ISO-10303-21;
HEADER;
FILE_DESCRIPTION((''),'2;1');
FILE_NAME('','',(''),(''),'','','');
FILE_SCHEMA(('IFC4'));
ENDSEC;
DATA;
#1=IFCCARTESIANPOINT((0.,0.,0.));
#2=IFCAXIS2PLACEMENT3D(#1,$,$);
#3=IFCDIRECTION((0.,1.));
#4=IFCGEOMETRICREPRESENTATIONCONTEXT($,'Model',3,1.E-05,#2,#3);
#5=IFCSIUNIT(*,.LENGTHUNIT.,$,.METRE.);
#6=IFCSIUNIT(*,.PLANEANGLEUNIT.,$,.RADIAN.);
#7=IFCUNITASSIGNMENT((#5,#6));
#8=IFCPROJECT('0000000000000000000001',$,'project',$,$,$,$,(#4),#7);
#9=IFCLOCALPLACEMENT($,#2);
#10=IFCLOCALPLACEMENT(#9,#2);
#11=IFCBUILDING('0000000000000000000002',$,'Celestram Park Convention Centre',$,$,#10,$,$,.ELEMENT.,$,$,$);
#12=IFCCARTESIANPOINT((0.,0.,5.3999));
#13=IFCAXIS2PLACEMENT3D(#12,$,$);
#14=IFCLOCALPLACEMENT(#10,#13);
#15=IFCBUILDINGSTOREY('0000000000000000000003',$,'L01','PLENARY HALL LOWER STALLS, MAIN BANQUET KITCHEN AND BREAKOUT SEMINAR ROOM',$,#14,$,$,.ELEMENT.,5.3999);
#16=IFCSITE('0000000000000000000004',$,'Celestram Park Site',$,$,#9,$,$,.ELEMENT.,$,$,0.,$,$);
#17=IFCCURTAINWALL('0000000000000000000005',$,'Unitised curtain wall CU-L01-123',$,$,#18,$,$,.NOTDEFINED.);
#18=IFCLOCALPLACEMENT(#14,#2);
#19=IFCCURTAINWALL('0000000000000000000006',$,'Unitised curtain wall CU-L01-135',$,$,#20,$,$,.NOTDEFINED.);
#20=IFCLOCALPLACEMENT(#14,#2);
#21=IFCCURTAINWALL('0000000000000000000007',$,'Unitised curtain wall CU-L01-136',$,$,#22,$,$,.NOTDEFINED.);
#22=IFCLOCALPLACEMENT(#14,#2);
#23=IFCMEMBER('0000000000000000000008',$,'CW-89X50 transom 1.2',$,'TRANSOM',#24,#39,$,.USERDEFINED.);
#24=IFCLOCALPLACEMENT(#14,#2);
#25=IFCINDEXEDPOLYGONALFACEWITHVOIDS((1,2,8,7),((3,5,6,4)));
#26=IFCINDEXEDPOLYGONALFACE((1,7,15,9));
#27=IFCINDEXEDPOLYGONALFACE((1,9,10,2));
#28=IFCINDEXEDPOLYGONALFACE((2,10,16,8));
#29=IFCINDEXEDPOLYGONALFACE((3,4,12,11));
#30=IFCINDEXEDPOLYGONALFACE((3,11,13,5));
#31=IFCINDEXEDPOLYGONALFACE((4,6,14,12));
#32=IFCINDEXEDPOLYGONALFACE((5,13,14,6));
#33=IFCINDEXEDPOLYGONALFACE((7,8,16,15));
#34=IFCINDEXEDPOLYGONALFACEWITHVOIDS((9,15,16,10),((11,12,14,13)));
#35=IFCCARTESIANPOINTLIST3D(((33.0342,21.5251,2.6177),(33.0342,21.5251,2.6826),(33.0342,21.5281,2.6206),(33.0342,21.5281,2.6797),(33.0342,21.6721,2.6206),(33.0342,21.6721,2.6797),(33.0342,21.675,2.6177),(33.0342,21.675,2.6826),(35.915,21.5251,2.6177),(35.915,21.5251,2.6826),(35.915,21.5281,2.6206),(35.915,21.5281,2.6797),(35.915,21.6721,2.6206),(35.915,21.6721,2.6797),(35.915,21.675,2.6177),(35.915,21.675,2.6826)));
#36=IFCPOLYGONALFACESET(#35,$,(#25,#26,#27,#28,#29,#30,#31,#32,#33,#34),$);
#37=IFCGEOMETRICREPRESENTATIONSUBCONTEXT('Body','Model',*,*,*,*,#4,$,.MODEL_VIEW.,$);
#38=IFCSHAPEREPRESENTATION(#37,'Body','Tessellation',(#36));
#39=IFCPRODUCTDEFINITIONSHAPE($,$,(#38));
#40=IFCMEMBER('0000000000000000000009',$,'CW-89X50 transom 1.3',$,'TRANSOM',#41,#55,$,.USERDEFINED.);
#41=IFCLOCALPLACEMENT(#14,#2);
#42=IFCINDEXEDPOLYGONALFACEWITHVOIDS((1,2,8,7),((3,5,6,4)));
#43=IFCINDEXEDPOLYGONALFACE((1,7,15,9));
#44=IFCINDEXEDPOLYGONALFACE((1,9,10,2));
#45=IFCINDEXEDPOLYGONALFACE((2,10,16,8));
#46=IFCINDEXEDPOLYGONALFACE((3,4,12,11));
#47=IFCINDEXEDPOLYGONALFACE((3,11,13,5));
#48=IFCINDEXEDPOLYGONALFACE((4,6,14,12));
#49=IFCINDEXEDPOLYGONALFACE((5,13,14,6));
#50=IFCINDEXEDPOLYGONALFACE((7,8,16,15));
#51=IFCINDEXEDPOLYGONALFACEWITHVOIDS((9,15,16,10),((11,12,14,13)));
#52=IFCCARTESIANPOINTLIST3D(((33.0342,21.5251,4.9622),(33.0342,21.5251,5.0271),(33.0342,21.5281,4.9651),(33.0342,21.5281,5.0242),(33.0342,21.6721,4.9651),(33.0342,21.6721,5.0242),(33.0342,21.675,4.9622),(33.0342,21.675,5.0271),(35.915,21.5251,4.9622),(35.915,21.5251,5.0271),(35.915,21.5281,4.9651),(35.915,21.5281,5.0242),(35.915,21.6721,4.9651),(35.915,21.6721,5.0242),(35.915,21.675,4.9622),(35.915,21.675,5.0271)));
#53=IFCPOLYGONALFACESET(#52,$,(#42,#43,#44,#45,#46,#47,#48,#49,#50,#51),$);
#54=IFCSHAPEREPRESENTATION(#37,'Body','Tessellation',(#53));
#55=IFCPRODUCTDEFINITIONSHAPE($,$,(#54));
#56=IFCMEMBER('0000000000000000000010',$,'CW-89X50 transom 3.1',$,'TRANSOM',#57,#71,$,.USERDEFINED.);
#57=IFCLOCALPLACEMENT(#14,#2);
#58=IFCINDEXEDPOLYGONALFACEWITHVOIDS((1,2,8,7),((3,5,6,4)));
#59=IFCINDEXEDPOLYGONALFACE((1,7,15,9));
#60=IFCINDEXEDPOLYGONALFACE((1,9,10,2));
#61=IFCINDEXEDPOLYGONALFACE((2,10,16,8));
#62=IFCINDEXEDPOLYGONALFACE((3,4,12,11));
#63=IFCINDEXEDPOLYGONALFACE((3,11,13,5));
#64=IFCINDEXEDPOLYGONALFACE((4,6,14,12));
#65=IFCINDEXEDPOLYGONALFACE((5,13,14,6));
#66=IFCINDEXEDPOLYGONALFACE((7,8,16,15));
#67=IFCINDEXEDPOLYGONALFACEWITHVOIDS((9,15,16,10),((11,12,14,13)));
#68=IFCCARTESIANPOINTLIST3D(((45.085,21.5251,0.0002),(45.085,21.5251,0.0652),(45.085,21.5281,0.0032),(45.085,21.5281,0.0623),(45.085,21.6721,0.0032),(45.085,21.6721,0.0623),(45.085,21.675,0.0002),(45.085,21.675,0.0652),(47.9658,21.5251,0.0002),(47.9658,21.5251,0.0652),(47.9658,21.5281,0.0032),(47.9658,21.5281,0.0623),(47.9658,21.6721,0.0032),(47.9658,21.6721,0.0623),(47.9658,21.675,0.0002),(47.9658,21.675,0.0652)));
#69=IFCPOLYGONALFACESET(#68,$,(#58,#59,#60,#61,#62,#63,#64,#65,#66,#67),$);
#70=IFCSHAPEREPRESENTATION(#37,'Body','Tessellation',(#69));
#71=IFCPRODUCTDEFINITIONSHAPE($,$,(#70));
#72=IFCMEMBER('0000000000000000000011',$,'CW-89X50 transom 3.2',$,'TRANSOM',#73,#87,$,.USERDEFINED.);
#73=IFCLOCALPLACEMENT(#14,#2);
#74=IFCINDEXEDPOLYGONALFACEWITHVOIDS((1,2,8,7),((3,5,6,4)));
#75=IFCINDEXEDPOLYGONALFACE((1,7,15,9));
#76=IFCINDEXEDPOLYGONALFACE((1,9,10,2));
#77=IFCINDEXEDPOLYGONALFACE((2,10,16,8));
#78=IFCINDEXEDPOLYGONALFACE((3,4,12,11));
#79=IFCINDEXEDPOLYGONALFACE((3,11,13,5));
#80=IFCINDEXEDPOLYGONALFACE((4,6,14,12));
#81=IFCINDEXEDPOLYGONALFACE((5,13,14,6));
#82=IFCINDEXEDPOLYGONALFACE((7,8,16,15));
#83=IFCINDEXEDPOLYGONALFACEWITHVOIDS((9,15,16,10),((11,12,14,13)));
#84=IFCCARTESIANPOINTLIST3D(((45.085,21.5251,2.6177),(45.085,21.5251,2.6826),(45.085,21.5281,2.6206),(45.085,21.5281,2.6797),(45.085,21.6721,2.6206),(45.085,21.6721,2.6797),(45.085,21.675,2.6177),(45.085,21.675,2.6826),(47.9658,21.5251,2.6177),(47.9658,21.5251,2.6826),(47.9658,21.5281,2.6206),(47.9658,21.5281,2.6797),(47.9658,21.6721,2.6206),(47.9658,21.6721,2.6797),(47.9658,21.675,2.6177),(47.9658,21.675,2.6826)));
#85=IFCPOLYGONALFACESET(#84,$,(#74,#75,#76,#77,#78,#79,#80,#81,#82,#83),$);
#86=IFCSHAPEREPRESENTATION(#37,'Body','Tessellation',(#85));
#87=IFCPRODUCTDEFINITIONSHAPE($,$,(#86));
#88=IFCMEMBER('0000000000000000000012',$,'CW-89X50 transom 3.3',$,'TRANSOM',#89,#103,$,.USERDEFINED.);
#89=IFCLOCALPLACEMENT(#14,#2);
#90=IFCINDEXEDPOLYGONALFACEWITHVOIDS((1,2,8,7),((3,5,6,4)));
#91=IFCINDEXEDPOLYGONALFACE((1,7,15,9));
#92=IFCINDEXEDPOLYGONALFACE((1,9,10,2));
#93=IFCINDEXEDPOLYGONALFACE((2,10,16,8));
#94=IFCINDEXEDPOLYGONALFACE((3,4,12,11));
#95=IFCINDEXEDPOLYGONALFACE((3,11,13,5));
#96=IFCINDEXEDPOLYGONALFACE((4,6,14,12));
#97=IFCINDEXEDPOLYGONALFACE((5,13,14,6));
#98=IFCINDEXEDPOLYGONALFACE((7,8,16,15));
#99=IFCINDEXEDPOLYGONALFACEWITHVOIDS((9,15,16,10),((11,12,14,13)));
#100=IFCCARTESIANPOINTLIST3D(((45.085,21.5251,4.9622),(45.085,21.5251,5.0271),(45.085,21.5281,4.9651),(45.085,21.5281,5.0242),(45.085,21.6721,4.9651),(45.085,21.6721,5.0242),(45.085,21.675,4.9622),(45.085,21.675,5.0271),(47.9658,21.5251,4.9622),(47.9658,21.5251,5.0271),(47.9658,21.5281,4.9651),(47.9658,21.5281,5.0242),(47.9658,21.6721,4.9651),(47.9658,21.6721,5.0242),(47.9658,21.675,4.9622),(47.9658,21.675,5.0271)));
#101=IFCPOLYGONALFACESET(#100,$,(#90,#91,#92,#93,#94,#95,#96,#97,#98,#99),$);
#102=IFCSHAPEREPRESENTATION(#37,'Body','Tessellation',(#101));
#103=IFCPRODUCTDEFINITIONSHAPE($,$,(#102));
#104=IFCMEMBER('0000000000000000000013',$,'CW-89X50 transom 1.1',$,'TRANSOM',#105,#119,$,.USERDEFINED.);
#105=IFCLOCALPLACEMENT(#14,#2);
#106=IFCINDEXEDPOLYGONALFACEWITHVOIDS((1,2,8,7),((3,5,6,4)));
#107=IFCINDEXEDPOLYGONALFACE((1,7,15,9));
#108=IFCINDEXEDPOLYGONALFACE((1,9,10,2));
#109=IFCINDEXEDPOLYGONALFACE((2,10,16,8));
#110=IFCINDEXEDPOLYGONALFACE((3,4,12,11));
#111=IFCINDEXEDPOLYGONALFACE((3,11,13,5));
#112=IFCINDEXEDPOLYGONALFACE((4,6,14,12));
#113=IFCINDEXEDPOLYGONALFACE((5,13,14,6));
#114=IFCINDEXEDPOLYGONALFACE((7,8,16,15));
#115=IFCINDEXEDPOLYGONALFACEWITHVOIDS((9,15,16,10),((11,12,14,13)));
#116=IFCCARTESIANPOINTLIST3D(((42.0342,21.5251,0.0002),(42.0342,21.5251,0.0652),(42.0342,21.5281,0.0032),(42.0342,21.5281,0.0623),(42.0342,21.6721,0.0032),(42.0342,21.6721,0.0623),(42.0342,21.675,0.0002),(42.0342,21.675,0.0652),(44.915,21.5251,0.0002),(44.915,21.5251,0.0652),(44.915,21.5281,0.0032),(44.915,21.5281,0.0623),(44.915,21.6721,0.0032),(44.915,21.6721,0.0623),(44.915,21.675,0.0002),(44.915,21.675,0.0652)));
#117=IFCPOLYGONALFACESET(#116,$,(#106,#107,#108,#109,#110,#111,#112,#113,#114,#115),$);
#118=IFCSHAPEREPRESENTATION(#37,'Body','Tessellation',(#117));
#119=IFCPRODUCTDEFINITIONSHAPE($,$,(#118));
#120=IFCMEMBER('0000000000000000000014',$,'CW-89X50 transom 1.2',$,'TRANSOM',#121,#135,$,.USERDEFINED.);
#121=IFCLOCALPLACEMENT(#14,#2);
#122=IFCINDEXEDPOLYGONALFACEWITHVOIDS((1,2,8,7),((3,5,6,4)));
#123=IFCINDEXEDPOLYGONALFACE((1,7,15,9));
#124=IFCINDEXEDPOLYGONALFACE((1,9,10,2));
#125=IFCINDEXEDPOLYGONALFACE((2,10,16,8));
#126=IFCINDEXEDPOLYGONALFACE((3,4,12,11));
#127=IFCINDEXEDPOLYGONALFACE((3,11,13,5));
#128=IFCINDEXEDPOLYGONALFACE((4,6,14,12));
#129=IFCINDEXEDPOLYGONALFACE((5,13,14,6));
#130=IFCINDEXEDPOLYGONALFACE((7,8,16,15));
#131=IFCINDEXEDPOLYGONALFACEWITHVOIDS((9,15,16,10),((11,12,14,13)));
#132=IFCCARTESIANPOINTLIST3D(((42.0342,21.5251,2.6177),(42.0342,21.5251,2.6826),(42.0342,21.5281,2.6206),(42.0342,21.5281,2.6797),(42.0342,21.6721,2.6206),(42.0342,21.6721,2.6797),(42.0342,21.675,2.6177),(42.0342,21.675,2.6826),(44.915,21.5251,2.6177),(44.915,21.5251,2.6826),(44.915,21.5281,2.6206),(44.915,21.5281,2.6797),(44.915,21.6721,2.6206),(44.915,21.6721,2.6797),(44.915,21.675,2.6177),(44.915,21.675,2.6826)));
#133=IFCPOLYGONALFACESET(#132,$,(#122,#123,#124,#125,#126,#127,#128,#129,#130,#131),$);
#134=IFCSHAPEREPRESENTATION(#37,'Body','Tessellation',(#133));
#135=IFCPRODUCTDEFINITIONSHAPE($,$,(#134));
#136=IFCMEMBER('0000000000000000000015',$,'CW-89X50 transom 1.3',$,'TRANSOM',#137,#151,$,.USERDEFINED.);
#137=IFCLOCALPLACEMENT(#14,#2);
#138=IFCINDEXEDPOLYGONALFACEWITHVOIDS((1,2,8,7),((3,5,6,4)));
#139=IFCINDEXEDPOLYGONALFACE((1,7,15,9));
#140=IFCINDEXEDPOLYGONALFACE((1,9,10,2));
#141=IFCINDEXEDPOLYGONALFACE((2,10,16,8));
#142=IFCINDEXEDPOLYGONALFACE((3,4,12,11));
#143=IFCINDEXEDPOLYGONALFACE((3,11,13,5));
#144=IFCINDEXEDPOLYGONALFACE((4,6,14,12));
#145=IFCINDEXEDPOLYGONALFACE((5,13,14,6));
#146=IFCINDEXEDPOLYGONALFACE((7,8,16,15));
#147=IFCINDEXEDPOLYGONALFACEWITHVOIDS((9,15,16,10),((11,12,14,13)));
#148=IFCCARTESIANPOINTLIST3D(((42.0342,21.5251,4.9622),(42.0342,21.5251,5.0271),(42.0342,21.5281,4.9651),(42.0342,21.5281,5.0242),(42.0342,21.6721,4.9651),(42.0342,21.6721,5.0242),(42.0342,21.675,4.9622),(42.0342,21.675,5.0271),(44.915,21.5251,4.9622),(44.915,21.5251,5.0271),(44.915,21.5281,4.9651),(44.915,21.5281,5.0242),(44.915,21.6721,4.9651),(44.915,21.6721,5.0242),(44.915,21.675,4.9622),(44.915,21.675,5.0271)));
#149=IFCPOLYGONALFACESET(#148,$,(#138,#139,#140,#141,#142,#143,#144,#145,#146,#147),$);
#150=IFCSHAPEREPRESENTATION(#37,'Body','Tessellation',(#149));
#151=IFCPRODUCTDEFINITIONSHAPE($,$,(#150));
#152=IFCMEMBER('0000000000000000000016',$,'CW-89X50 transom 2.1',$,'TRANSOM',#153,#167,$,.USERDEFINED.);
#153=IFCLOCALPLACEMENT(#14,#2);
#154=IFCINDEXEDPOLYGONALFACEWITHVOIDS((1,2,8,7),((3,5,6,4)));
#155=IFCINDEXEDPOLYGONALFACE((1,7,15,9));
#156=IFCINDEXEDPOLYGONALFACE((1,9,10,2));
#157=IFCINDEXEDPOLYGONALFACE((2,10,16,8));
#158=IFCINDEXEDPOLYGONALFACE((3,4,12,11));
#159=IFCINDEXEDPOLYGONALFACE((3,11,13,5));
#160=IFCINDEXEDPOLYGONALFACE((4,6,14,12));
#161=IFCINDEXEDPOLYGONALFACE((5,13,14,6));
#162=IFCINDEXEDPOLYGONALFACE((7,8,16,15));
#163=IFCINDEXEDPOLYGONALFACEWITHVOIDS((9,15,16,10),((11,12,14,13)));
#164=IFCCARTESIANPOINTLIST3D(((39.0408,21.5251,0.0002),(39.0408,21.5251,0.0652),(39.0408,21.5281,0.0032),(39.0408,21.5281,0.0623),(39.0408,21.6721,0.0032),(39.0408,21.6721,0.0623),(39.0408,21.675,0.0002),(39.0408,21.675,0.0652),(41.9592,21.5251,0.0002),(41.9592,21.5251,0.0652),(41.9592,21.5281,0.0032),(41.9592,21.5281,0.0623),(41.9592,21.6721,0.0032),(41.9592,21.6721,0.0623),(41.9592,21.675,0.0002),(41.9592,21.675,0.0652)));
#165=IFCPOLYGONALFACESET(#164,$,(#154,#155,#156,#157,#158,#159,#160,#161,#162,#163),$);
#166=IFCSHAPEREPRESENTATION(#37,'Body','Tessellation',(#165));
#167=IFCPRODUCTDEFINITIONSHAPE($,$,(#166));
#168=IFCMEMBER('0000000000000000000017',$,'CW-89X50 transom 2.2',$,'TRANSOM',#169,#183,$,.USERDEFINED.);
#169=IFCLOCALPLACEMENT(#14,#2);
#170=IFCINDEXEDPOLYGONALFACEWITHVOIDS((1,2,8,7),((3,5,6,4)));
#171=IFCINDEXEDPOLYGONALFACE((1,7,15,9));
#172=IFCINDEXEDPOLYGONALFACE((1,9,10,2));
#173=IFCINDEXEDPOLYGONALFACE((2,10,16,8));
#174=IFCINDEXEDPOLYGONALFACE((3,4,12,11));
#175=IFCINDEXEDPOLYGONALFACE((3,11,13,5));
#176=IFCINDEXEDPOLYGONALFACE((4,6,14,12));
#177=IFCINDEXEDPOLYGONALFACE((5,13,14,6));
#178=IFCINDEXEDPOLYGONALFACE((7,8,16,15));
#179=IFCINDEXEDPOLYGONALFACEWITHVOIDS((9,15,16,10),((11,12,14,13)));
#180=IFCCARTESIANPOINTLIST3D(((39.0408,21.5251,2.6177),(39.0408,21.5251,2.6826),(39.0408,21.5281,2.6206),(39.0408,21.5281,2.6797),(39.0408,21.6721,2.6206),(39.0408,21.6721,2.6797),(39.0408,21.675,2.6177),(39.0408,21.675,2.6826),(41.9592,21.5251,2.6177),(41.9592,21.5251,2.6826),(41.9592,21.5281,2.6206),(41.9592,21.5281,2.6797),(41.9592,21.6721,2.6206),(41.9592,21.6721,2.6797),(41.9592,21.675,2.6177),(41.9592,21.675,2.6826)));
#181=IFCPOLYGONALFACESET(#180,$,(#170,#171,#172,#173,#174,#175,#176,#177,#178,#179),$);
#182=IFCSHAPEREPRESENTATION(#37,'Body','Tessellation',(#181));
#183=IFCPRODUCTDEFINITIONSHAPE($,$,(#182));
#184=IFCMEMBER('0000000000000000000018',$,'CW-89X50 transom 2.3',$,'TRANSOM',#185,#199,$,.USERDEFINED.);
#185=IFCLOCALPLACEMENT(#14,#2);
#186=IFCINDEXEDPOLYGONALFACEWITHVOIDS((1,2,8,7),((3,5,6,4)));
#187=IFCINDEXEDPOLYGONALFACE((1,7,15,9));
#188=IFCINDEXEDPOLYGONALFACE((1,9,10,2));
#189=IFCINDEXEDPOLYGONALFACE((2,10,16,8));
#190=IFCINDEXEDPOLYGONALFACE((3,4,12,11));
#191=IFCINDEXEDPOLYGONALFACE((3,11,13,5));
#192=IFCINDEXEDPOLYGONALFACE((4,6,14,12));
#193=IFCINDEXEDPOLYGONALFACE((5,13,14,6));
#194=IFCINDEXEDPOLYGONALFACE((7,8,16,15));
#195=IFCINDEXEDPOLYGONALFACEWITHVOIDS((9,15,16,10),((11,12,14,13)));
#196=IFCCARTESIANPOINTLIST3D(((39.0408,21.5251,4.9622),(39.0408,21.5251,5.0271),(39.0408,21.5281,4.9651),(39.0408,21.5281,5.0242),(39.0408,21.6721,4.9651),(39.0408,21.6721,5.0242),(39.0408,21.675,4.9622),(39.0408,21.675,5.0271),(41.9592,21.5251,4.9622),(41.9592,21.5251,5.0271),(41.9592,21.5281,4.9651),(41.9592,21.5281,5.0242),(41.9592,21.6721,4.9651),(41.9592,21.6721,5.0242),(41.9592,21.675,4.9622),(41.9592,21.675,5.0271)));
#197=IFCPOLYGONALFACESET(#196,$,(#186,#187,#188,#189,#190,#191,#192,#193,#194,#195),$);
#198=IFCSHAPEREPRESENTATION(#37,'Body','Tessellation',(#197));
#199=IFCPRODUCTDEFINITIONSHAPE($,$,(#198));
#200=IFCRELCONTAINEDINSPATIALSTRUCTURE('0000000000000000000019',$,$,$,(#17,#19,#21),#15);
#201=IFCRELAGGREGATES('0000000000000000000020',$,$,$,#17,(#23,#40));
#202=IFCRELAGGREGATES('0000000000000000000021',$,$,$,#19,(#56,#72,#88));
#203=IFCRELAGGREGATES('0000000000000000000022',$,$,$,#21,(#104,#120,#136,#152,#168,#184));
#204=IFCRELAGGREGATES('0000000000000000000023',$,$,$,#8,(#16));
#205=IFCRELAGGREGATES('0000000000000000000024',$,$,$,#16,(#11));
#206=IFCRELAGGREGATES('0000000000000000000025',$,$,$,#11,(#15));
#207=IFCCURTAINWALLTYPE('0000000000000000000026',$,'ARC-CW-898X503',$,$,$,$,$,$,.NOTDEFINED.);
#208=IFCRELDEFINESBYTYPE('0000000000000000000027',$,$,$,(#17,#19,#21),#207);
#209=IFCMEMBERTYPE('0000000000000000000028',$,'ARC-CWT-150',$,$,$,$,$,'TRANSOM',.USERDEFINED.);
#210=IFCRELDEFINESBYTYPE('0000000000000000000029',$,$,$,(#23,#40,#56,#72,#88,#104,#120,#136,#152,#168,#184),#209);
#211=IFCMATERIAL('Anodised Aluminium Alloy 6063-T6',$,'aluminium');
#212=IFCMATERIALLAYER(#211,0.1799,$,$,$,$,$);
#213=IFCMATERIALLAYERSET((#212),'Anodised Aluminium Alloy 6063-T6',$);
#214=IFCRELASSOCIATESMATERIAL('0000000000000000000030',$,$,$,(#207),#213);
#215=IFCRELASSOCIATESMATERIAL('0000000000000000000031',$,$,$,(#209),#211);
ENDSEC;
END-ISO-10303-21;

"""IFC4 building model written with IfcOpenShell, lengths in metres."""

from ifc_helpers import new_model, si_unit, direction, frame, origin, origin_2d, place, context, subcontext, project, spatial, hollow_rectangle, extrude, material, layer, layer_set, material_profile, profile_set, type_object, element, aggregate, save


model = new_model("IFC4")

# Units and contexts
model_context = context("Model", 3, precision=1e-05, world=origin(), true_north=direction((0.0, 1.0)))
body_context = subcontext(model_context, "Body", "Model", "MODEL_VIEW")
ifc_project = project(units=[si_unit("LENGTHUNIT", "METRE"), si_unit("PLANEANGLEUNIT", "RADIAN")], contexts=[model_context])

# Site, building, storey
site_placement = place(None, origin())
site = spatial("IfcSite", under=ifc_project, at=site_placement, Name="Celestram Park Site", CompositionType="ELEMENT", RefElevation=0.0)
building_placement = place(site_placement, origin())
building = spatial("IfcBuilding", under=site, at=building_placement, Name="Celestram Park Convention Centre", CompositionType="ELEMENT")
storey_placement = place(building_placement, frame((0.0, 0.0, 5.3999)))
storey = spatial("IfcBuildingStorey", under=building, at=storey_placement, Name="L01", Description="PLENARY HALL LOWER STALLS, MAIN BANQUET KITCHEN AND BREAKOUT SEMINAR ROOM", CompositionType="ELEMENT", Elevation=5.3999)

# Curtain wall
ifc_material_1 = material(Name="Anodised Aluminium Alloy 6063-T6", Category="aluminium")
ifc_layer_1 = layer(ifc_material_1, 0.1799)
ifc_layer_set_1 = layer_set([ifc_layer_1], Name="Anodised Aluminium Alloy 6063-T6")
curtain_wall_type = type_object("IfcCurtainWallType", Name="ARC-CW-898X503", PredefinedType="NOTDEFINED", material=ifc_layer_set_1)
curtain_wall_1_placement = place(storey_placement, origin())
curtain_wall_1 = element("IfcCurtainWall", 1, at=curtain_wall_1_placement, inside=storey, type_object=curtain_wall_type, Name="Unitised curtain wall CU-L01-123", PredefinedType="NOTDEFINED")

# Curtain walls
curtain_wall_2_placement = place(storey_placement, origin())
curtain_wall_2 = element("IfcCurtainWall", 2, at=curtain_wall_2_placement, inside=storey, type_object=curtain_wall_type, Name="Unitised curtain wall CU-L01-135", PredefinedType="NOTDEFINED")
curtain_wall_3_placement = place(storey_placement, origin())
curtain_wall_3 = element("IfcCurtainWall", 3, at=curtain_wall_3_placement, inside=storey, type_object=curtain_wall_type, Name="Unitised curtain wall CU-L01-136", PredefinedType="NOTDEFINED")

# Members
ifc_material_profile_1 = material_profile(ifc_material_1, hollow_rectangle(XDim=0.1499, YDim=0.0649, WallThickness=0.0029, at=origin_2d()), Name="ALU150X65X3")
ifc_profile_set_1 = profile_set([ifc_material_profile_1], Name="Anodised Aluminium Alloy 6063-T6")
member_type_1 = type_object("IfcMemberType", Name="ARC-CWT-150", ElementType="TRANSOM", PredefinedType="USERDEFINED", material=ifc_profile_set_1)
member_1_placement = place(storey_placement, frame((35.915, 21.6001, 2.6501), z_axis=(-1.0, 0.0, 0.0), x_axis=(0.0, -1.0, 0.0)))
member_1 = element("IfcMember", 4, at=member_1_placement, type_object=member_type_1, Name="CW-89X50 transom 1.2", ObjectType="TRANSOM", PredefinedType="USERDEFINED", context=body_context, shape_type="SweptSolid", body=[
    extrude(hollow_rectangle(XDim=0.1499, YDim=0.0649, WallThickness=0.0029, at=origin_2d()), origin(), (0.0, 0.0, 1.0), 2.8809),
])
member_2_placement = place(storey_placement, frame((35.915, 21.6001, 4.9946), z_axis=(-1.0, 0.0, 0.0), x_axis=(0.0, -1.0, 0.0)))
member_2 = element("IfcMember", 5, at=member_2_placement, type_object=member_type_1, Name="CW-89X50 transom 1.3", ObjectType="TRANSOM", PredefinedType="USERDEFINED", context=body_context, shape_type="SweptSolid", body=[
    extrude(hollow_rectangle(XDim=0.1499, YDim=0.0649, WallThickness=0.0029, at=origin_2d()), origin(), (0.0, 0.0, 1.0), 2.8809),
])
member_3_placement = place(storey_placement, frame((47.9658, 21.6001, 0.0327), z_axis=(-1.0, 0.0, 0.0), x_axis=(0.0, -1.0, 0.0)))
member_3 = element("IfcMember", 6, at=member_3_placement, type_object=member_type_1, Name="CW-89X50 transom 3.1", ObjectType="TRANSOM", PredefinedType="USERDEFINED", context=body_context, shape_type="SweptSolid", body=[
    extrude(hollow_rectangle(XDim=0.1499, YDim=0.0649, WallThickness=0.0029, at=origin_2d()), origin(), (0.0, 0.0, 1.0), 2.8809),
])
member_4_placement = place(storey_placement, frame((47.9658, 21.6001, 2.6501), z_axis=(-1.0, 0.0, 0.0), x_axis=(0.0, -1.0, 0.0)))
member_4 = element("IfcMember", 7, at=member_4_placement, type_object=member_type_1, Name="CW-89X50 transom 3.2", ObjectType="TRANSOM", PredefinedType="USERDEFINED", context=body_context, shape_type="SweptSolid", body=[
    extrude(hollow_rectangle(XDim=0.1499, YDim=0.0649, WallThickness=0.0029, at=origin_2d()), origin(), (0.0, 0.0, 1.0), 2.8809),
])
member_5_placement = place(storey_placement, frame((47.9658, 21.6001, 4.9946), z_axis=(-1.0, 0.0, 0.0), x_axis=(0.0, -1.0, 0.0)))
member_5 = element("IfcMember", 8, at=member_5_placement, type_object=member_type_1, Name="CW-89X50 transom 3.3", ObjectType="TRANSOM", PredefinedType="USERDEFINED", context=body_context, shape_type="SweptSolid", body=[
    extrude(hollow_rectangle(XDim=0.1499, YDim=0.0649, WallThickness=0.0029, at=origin_2d()), origin(), (0.0, 0.0, 1.0), 2.8809),
])
member_6_placement = place(storey_placement, frame((44.915, 21.6001, 0.0327), z_axis=(-1.0, 0.0, 0.0), x_axis=(0.0, -1.0, 0.0)))
member_6 = element("IfcMember", 9, at=member_6_placement, type_object=member_type_1, Name="CW-89X50 transom 1.1", ObjectType="TRANSOM", PredefinedType="USERDEFINED", context=body_context, shape_type="SweptSolid", body=[
    extrude(hollow_rectangle(XDim=0.1499, YDim=0.0649, WallThickness=0.0029, at=origin_2d()), origin(), (0.0, 0.0, 1.0), 2.8809),
])
member_7_placement = place(storey_placement, frame((44.915, 21.6001, 2.6501), z_axis=(-1.0, 0.0, 0.0), x_axis=(0.0, -1.0, 0.0)))
member_7 = element("IfcMember", 10, at=member_7_placement, type_object=member_type_1, Name="CW-89X50 transom 1.2", ObjectType="TRANSOM", PredefinedType="USERDEFINED", context=body_context, shape_type="SweptSolid", body=[
    extrude(hollow_rectangle(XDim=0.1499, YDim=0.0649, WallThickness=0.0029, at=origin_2d()), origin(), (0.0, 0.0, 1.0), 2.8809),
])
member_8_placement = place(storey_placement, frame((44.915, 21.6001, 4.9946), z_axis=(-1.0, 0.0, 0.0), x_axis=(0.0, -1.0, 0.0)))
member_8 = element("IfcMember", 11, at=member_8_placement, type_object=member_type_1, Name="CW-89X50 transom 1.3", ObjectType="TRANSOM", PredefinedType="USERDEFINED", context=body_context, shape_type="SweptSolid", body=[
    extrude(hollow_rectangle(XDim=0.1499, YDim=0.0649, WallThickness=0.0029, at=origin_2d()), origin(), (0.0, 0.0, 1.0), 2.8809),
])
member_9_placement = place(storey_placement, frame((41.9592, 21.6001, 0.0327), z_axis=(-1.0, 0.0, 0.0), x_axis=(0.0, -1.0, 0.0)))
member_9 = element("IfcMember", 12, at=member_9_placement, type_object=member_type_1, Name="CW-89X50 transom 2.1", ObjectType="TRANSOM", PredefinedType="USERDEFINED", context=body_context, shape_type="SweptSolid", body=[
    extrude(hollow_rectangle(XDim=0.1499, YDim=0.0649, WallThickness=0.0029, at=origin_2d()), origin(), (0.0, 0.0, 1.0), 2.9185),
])
member_10_placement = place(storey_placement, frame((41.9592, 21.6001, 2.6501), z_axis=(-1.0, 0.0, 0.0), x_axis=(0.0, -1.0, 0.0)))
member_10 = element("IfcMember", 13, at=member_10_placement, type_object=member_type_1, Name="CW-89X50 transom 2.2", ObjectType="TRANSOM", PredefinedType="USERDEFINED", context=body_context, shape_type="SweptSolid", body=[
    extrude(hollow_rectangle(XDim=0.1499, YDim=0.0649, WallThickness=0.0029, at=origin_2d()), origin(), (0.0, 0.0, 1.0), 2.9185),
])
member_11_placement = place(storey_placement, frame((41.9592, 21.6001, 4.9946), z_axis=(-1.0, 0.0, 0.0), x_axis=(0.0, -1.0, 0.0)))
member_11 = element("IfcMember", 14, at=member_11_placement, type_object=member_type_1, Name="CW-89X50 transom 2.3", ObjectType="TRANSOM", PredefinedType="USERDEFINED", context=body_context, shape_type="SweptSolid", body=[
    extrude(hollow_rectangle(XDim=0.1499, YDim=0.0649, WallThickness=0.0029, at=origin_2d()), origin(), (0.0, 0.0, 1.0), 2.9185),
])

aggregate(curtain_wall_1, [member_1, member_2])
aggregate(curtain_wall_2, [member_3, member_4, member_5])
aggregate(curtain_wall_3, [member_6, member_7, member_8, member_9, member_10, member_11])

save(model, "model.ifc")
